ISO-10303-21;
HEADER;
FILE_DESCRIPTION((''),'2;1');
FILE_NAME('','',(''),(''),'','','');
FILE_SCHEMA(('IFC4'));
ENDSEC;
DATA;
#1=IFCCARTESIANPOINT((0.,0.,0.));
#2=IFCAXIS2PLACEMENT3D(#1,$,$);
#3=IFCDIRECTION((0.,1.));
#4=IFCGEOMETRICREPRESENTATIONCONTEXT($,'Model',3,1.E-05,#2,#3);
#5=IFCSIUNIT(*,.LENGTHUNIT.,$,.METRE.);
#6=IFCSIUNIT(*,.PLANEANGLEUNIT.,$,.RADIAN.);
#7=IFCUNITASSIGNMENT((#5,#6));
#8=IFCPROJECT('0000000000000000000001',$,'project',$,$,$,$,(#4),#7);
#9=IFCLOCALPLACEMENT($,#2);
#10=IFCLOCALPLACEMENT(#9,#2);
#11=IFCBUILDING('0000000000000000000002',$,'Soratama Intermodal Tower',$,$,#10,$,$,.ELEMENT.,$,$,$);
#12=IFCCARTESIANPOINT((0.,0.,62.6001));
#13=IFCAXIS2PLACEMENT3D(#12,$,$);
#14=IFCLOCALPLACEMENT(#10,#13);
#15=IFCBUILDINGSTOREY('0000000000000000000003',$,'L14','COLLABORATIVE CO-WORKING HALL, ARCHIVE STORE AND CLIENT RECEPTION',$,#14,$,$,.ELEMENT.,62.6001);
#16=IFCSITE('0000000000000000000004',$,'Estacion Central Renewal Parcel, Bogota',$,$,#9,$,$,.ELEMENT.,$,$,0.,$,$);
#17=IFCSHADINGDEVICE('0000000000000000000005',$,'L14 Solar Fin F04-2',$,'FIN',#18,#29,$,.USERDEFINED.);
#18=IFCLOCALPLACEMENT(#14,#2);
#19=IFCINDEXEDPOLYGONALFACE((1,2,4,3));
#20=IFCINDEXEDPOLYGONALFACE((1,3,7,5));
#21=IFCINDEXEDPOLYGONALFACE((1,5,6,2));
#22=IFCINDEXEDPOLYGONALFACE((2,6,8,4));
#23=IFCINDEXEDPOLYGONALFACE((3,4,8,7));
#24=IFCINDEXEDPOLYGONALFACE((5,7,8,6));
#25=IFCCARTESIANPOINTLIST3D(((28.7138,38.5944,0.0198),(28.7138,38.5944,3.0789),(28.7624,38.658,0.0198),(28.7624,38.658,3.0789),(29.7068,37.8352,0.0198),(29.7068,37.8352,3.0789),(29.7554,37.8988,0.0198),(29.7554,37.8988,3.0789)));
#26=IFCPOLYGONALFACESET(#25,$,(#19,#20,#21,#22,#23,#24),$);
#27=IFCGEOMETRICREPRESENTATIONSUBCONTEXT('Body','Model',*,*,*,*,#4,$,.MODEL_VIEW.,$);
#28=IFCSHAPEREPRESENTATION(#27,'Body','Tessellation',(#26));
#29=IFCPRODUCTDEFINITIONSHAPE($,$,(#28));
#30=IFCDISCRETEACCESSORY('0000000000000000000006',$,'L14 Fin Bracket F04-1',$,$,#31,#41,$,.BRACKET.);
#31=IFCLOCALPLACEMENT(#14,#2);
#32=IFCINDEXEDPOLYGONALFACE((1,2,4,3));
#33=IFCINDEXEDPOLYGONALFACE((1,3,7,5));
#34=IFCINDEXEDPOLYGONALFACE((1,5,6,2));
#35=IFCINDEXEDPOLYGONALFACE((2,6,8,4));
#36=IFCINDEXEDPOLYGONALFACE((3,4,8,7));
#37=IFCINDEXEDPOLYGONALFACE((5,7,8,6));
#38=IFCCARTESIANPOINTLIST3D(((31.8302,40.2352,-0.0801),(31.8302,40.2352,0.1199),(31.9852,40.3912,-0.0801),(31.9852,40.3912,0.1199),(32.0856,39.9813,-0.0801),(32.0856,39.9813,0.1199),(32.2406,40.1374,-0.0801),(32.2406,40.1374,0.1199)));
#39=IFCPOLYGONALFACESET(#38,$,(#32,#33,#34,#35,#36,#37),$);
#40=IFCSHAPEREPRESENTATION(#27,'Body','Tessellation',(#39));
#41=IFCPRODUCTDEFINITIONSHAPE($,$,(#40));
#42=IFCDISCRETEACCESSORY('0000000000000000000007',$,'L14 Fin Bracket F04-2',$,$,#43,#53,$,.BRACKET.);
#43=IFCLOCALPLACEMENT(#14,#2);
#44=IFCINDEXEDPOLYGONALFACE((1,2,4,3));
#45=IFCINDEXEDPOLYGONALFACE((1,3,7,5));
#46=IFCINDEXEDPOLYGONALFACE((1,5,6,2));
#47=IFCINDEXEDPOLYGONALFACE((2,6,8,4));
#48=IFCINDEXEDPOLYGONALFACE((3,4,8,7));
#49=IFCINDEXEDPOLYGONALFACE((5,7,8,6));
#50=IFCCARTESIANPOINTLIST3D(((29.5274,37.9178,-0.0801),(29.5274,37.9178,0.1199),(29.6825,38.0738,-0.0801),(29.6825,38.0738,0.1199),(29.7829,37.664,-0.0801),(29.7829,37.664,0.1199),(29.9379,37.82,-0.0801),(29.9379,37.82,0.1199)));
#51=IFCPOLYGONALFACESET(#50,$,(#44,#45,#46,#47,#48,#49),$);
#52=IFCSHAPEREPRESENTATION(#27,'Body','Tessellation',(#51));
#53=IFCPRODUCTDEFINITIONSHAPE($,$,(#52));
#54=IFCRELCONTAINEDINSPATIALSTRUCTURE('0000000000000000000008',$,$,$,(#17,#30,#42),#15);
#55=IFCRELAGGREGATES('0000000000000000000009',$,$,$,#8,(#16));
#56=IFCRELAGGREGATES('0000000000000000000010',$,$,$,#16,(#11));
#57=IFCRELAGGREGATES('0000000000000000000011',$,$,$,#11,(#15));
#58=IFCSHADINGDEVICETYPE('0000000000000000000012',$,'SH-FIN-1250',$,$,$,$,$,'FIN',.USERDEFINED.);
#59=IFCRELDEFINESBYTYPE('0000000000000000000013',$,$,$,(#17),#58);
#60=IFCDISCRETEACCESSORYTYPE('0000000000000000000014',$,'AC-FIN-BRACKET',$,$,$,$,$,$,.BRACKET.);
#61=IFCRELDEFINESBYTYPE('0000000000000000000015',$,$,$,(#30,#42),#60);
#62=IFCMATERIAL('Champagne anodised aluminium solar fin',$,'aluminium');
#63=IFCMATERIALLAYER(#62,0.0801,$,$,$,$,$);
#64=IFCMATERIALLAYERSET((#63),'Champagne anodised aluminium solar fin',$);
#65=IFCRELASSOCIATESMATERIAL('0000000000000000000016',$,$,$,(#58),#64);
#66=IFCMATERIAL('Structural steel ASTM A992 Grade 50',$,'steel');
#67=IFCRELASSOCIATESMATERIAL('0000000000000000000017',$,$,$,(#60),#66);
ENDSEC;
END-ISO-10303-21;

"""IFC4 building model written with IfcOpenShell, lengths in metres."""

from ifc_helpers import new_model, si_unit, direction, frame, origin, origin_2d, place, context, subcontext, project, spatial, rectangle, extrude, material, layer, layer_set, type_object, element, save


model = new_model("IFC4")

# Units and contexts
model_context = context("Model", 3, precision=1e-05, world=origin(), true_north=direction((0.0, 1.0)))
body_context = subcontext(model_context, "Body", "Model", "MODEL_VIEW")
ifc_project = project(units=[si_unit("LENGTHUNIT", "METRE"), si_unit("PLANEANGLEUNIT", "RADIAN")], contexts=[model_context])

# Site, building, storey
site_placement = place(None, origin())
site = spatial("IfcSite", under=ifc_project, at=site_placement, Name="Estacion Central Renewal Parcel, Bogota", CompositionType="ELEMENT", RefElevation=0.0)
building_placement = place(site_placement, origin())
building = spatial("IfcBuilding", under=site, at=building_placement, Name="Soratama Intermodal Tower", CompositionType="ELEMENT")
storey_placement = place(building_placement, frame((0.0, 0.0, 62.6001)))
storey = spatial("IfcBuildingStorey", under=building, at=storey_placement, Name="L14", Description="COLLABORATIVE CO-WORKING HALL, ARCHIVE STORE AND CLIENT RECEPTION", CompositionType="ELEMENT", Elevation=62.6001)

# Shading device
ifc_material_1 = material(Name="Champagne anodised aluminium solar fin", Category="aluminium")
ifc_layer_1 = layer(ifc_material_1, 0.0801)
ifc_layer_set_1 = layer_set([ifc_layer_1], Name="Champagne anodised aluminium solar fin")
shading_device_type = type_object("IfcShadingDeviceType", Name="SH-FIN-1250", ElementType="FIN", PredefinedType="USERDEFINED", material=ifc_layer_set_1)
for number, where, z_axis, x_axis, name in (
    (1, (29.2346, 38.2466, 0.0198), (0.0, 0.0, 1.0), (-0.794415, 0.607376, 0.0), "L14 Solar Fin F04-2"),
):
    element("IfcShadingDevice", number, at=place(storey_placement, frame(where, z_axis=z_axis, x_axis=x_axis)), inside=storey, type_object=shading_device_type, Name=name, ObjectType="FIN", PredefinedType="USERDEFINED", context=body_context, shape_type="SweptSolid", body=[
        extrude(rectangle(XDim=1.25, YDim=0.0801, at=origin_2d()), origin(), (0.0, 0.0, 1.0), 3.0591),
    ])

# Discrete accessories
ifc_material_2 = material(Name="Structural steel ASTM A992 Grade 50", Category="steel")
discrete_accessory_type = type_object("IfcDiscreteAccessoryType", Name="AC-FIN-BRACKET", PredefinedType="BRACKET", material=ifc_material_2)
for number, where, z_axis, x_axis, name in (
    (2, (32.0354, 40.1863, -0.0801), (0.0, 0.0, 1.0), (-0.709325, 0.704882, 0.0), "L14 Fin Bracket F04-1"),
    (3, (29.7327, 37.8689, -0.0801), (0.0, 0.0, 1.0), (-0.709325, 0.704882, 0.0), "L14 Fin Bracket F04-2"),
):
    element("IfcDiscreteAccessory", number, at=place(storey_placement, frame(where, z_axis=z_axis, x_axis=x_axis)), inside=storey, type_object=discrete_accessory_type, Name=name, PredefinedType="BRACKET", context=body_context, shape_type="SweptSolid", body=[
        extrude(rectangle(XDim=0.3601, YDim=0.22, at=origin_2d()), origin(), (0.0, 0.0, 1.0), 0.2),
    ])

save(model, "model.ifc")
